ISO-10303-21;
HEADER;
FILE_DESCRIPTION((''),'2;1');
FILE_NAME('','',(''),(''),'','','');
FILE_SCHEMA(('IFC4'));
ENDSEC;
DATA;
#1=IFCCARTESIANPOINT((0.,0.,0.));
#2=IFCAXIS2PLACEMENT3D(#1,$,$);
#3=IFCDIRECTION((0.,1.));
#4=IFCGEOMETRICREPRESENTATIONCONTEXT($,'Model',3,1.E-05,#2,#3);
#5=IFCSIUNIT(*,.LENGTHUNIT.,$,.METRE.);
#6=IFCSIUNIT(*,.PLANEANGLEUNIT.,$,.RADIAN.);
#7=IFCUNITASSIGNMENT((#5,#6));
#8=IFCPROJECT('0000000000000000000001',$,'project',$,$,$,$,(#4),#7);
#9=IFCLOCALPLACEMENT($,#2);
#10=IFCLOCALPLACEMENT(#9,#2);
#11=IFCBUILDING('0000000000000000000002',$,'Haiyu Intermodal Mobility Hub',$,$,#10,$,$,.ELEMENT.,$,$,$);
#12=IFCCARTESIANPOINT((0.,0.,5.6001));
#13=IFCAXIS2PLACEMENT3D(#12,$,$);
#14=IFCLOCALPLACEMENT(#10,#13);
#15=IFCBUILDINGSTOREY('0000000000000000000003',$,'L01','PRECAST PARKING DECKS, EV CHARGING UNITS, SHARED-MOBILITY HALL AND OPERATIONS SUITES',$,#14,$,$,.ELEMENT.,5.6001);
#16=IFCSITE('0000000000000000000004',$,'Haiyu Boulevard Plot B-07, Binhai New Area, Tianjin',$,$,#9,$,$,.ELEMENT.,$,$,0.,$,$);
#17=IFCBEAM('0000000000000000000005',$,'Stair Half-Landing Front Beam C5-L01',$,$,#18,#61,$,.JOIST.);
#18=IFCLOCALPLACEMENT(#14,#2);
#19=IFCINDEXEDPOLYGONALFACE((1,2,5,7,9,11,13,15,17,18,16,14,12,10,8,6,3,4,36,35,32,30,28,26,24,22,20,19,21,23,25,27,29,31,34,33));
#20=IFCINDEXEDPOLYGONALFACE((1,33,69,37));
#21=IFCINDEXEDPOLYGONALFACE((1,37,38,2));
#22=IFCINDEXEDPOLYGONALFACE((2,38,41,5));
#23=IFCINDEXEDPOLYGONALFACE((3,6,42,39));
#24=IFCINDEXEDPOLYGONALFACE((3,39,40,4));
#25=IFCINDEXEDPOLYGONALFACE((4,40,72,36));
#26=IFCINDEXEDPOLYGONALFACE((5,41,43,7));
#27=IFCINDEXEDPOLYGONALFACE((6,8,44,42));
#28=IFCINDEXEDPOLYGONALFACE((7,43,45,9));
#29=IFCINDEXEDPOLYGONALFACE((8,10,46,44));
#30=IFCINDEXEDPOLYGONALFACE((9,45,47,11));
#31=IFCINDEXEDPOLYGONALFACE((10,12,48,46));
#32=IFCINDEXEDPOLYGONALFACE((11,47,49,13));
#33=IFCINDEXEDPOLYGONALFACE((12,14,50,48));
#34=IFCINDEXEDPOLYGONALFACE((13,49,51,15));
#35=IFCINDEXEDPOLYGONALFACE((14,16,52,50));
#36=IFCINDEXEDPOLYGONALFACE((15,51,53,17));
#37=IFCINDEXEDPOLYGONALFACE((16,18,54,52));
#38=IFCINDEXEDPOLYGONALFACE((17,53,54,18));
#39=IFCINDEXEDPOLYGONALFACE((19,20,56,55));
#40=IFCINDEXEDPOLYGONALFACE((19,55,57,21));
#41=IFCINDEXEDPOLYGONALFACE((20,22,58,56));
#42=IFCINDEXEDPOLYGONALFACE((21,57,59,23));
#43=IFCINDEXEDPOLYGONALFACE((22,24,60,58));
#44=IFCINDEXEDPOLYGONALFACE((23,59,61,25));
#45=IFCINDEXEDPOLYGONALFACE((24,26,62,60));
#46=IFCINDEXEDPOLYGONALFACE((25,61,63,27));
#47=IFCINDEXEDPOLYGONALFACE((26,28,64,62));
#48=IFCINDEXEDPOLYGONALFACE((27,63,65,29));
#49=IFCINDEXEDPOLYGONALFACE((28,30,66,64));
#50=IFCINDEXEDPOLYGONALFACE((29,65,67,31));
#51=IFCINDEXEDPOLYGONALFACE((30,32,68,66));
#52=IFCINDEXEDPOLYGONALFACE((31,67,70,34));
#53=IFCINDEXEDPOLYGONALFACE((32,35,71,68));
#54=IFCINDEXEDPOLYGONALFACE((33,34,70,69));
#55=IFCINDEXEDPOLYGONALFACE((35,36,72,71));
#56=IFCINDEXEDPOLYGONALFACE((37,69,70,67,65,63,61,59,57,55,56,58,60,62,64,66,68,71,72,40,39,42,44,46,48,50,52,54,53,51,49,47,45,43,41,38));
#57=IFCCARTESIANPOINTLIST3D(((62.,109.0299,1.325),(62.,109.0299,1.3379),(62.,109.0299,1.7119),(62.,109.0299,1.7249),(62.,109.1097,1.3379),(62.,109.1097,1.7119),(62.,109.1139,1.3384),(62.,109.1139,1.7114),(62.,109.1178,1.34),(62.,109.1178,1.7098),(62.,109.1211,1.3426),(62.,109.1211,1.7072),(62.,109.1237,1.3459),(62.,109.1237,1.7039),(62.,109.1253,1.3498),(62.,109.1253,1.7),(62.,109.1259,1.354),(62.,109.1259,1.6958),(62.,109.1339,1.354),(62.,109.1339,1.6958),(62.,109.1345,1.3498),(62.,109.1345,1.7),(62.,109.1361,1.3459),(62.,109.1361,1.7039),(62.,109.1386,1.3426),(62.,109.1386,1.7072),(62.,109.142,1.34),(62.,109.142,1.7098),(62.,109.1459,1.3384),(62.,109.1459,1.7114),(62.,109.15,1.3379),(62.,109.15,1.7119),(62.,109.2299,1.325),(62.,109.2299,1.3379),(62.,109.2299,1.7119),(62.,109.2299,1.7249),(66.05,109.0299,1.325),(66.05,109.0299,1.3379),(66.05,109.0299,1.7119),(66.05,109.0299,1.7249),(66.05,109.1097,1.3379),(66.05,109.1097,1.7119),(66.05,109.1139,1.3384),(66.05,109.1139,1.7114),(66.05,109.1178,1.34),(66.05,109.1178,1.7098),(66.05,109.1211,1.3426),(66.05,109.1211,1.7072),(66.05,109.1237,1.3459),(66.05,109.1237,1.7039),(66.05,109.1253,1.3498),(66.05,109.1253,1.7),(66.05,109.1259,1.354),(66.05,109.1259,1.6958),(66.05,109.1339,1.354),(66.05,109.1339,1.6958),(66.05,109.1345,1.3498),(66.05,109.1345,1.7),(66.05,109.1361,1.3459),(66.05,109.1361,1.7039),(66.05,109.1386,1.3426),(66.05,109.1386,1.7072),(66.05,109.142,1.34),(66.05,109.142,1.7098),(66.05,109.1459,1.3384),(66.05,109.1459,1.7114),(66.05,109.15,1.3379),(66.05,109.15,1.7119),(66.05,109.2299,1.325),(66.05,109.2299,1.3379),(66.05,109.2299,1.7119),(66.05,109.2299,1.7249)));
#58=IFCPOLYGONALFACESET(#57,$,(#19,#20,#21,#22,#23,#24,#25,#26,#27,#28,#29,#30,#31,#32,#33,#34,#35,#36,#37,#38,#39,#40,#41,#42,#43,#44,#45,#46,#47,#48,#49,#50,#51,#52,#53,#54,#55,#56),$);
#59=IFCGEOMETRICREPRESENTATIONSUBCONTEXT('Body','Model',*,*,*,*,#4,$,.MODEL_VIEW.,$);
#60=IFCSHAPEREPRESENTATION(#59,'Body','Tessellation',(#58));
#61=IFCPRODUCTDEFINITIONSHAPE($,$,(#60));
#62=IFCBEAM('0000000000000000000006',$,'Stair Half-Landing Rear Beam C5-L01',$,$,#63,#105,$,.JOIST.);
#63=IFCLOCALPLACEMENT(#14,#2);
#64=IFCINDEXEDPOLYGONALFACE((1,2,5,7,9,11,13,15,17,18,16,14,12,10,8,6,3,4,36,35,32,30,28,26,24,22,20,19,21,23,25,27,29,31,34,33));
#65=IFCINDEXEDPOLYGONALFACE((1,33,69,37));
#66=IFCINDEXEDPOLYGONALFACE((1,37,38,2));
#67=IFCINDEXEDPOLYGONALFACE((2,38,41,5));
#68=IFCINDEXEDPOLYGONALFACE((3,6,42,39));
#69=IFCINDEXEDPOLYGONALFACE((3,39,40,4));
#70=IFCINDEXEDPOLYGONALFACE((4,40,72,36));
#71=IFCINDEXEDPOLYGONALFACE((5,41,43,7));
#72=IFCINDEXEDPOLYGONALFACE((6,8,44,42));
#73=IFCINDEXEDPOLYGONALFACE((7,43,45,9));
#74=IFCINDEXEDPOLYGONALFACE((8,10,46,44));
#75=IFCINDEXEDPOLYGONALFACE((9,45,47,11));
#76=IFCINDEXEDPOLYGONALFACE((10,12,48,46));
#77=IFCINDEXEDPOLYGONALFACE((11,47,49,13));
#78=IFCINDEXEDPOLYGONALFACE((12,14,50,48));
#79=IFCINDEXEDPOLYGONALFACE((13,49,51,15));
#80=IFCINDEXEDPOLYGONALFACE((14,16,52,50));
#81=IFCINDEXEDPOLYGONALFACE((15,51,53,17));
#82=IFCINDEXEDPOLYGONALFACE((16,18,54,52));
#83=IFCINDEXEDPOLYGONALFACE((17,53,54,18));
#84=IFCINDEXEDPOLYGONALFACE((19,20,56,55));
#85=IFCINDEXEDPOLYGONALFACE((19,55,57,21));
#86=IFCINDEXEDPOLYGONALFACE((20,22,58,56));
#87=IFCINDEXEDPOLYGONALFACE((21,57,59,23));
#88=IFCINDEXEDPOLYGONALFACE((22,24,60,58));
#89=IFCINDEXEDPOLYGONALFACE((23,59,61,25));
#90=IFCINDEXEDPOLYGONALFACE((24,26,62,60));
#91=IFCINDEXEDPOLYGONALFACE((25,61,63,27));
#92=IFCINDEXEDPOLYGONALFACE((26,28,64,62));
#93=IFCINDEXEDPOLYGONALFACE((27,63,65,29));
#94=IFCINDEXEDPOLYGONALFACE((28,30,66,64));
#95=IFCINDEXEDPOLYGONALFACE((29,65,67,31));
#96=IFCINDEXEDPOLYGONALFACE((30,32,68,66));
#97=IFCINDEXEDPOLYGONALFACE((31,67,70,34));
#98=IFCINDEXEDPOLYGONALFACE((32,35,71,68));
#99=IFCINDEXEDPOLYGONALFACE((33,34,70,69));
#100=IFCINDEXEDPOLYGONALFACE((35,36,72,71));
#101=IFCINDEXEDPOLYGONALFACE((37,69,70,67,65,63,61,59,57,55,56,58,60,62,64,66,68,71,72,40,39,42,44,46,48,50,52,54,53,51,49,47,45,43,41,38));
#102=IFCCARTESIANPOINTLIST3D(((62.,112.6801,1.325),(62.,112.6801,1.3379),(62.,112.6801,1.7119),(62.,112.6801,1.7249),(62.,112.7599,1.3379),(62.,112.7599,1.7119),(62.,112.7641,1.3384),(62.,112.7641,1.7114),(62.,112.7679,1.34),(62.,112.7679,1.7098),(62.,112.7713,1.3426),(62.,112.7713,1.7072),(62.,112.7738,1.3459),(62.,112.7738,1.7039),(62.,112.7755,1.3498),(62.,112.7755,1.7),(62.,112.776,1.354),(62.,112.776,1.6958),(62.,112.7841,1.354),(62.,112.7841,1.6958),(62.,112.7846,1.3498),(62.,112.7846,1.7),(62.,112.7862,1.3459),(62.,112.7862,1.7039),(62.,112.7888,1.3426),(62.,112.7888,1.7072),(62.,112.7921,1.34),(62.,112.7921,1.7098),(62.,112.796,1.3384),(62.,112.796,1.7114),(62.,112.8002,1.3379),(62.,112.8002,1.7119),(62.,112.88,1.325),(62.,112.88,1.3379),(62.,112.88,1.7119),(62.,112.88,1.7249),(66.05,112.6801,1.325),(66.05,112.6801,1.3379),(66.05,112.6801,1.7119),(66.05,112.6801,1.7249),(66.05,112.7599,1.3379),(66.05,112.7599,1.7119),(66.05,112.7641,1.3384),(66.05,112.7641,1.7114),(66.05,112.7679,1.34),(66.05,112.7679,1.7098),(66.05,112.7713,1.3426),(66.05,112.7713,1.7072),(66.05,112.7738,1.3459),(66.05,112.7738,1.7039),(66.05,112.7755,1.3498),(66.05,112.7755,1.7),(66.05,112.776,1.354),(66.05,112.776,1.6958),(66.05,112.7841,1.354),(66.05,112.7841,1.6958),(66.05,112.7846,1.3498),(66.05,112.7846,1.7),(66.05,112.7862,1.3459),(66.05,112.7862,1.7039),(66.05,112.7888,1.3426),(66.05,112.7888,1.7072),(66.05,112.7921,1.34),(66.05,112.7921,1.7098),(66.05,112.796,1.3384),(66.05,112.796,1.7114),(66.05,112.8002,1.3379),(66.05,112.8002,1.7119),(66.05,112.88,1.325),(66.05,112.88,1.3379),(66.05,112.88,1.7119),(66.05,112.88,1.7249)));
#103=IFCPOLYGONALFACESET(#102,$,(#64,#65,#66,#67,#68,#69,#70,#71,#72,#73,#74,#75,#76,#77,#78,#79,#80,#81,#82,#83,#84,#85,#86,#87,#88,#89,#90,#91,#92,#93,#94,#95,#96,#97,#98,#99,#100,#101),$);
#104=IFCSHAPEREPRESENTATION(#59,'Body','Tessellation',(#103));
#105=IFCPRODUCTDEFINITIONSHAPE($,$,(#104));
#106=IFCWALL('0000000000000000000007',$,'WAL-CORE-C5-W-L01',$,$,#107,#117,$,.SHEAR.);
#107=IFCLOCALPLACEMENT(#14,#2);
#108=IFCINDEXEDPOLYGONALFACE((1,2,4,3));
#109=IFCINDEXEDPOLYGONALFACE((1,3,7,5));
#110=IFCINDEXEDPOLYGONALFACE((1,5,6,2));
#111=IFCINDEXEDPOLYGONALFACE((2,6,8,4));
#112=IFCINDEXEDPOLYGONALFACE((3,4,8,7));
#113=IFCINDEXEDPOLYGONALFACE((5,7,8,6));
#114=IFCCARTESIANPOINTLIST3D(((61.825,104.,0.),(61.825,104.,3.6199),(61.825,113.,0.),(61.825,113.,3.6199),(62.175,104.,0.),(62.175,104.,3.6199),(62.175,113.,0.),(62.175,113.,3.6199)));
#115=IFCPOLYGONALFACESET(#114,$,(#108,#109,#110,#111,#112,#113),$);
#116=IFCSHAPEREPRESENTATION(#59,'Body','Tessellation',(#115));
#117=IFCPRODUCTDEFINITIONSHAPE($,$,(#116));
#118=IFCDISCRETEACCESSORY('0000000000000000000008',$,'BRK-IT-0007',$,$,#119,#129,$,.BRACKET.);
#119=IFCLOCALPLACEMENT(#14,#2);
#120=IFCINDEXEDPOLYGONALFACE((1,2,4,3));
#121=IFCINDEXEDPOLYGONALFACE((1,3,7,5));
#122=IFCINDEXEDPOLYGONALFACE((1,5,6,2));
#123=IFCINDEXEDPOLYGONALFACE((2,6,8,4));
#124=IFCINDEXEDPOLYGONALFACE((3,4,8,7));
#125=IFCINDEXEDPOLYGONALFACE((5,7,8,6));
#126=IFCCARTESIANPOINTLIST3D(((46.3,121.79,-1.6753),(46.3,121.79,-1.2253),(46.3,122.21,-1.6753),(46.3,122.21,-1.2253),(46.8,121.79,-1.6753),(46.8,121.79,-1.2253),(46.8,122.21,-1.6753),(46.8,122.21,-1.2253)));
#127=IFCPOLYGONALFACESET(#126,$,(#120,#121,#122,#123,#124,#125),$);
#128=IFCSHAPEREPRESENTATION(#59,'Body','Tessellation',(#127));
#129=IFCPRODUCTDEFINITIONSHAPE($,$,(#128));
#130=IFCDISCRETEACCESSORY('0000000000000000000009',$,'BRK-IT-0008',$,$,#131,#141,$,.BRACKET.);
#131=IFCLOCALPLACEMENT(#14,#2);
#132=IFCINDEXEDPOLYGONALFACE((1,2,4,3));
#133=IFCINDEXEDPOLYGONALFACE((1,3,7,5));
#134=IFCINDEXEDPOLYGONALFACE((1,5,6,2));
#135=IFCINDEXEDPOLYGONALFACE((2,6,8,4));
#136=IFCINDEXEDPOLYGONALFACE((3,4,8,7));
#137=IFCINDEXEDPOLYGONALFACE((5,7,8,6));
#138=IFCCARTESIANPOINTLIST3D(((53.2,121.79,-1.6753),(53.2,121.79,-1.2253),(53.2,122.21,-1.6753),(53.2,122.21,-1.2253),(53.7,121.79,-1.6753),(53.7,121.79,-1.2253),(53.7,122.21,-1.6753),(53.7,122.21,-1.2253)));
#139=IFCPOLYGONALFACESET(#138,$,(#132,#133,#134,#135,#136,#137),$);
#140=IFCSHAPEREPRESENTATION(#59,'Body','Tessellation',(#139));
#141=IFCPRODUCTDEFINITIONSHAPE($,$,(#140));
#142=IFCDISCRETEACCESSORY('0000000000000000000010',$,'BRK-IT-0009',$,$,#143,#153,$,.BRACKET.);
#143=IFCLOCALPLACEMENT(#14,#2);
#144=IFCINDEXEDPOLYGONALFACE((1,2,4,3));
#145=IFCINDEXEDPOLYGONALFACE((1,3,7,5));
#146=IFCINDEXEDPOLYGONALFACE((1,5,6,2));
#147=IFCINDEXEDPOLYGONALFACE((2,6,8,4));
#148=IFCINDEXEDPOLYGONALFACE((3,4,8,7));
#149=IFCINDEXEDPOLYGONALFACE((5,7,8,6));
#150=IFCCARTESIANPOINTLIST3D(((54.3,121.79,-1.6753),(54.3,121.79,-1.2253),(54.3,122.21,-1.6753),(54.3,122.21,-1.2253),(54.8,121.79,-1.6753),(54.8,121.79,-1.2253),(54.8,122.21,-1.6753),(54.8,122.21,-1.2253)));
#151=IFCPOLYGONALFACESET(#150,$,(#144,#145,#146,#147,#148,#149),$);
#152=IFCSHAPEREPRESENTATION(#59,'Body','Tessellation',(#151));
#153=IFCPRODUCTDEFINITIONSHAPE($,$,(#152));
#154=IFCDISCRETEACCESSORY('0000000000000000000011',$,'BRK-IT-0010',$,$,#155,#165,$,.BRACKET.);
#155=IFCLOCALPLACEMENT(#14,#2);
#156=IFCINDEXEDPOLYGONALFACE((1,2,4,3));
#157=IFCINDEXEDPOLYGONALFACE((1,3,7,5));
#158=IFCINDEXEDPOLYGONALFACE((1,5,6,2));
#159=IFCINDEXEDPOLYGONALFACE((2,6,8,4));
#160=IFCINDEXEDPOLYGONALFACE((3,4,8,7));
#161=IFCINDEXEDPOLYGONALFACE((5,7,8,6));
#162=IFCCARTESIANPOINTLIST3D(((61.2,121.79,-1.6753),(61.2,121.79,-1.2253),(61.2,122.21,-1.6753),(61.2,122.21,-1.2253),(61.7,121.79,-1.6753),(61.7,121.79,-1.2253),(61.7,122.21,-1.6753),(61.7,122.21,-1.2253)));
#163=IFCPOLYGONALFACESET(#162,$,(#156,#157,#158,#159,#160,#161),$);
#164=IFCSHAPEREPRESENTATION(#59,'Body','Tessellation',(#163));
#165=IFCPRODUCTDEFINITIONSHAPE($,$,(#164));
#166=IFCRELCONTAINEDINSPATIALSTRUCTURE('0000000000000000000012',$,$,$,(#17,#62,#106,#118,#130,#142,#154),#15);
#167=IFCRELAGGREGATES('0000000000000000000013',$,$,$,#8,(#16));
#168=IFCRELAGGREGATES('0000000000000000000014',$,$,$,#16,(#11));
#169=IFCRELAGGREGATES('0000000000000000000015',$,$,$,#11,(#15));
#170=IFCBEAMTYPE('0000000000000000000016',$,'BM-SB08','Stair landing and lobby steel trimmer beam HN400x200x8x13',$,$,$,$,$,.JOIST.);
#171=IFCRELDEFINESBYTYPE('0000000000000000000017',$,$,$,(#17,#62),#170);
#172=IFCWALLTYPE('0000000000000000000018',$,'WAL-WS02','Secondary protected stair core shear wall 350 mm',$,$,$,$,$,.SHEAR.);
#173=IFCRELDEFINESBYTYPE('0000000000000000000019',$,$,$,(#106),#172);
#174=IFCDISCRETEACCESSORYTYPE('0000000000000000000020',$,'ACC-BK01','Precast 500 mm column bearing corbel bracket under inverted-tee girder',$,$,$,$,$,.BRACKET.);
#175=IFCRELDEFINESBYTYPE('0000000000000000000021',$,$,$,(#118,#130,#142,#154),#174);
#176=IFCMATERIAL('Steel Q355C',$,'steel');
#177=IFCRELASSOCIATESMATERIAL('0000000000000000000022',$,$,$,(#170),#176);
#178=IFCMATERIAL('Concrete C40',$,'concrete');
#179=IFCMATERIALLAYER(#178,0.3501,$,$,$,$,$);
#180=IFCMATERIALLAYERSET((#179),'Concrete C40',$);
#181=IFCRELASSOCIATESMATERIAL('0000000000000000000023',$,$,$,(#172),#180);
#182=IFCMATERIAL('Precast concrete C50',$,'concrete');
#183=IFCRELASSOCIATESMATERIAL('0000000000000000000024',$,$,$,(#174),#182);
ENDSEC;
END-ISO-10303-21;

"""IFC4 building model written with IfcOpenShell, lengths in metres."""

from ifc_helpers import new_model, si_unit, direction, frame, frame_2d, origin, origin_2d, place, context, subcontext, project, spatial, rectangle, i_section, extrude, material, layer, layer_set, material_profile, profile_set, type_object, element, save


model = new_model("IFC4")

# Units and contexts
model_context = context("Model", 3, precision=1e-05, world=origin(), true_north=direction((0.0, 1.0)))
body_context = subcontext(model_context, "Body", "Model", "MODEL_VIEW")
ifc_project = project(units=[si_unit("LENGTHUNIT", "METRE"), si_unit("PLANEANGLEUNIT", "RADIAN")], contexts=[model_context])

# Site, building, storey
site_placement = place(None, origin())
site = spatial("IfcSite", under=ifc_project, at=site_placement, Name="Haiyu Boulevard Plot B-07, Binhai New Area, Tianjin", CompositionType="ELEMENT", RefElevation=0.0)
building_placement = place(site_placement, origin())
building = spatial("IfcBuilding", under=site, at=building_placement, Name="Haiyu Intermodal Mobility Hub", CompositionType="ELEMENT")
storey_placement = place(building_placement, frame((0.0, 0.0, 5.6001)))
storey = spatial("IfcBuildingStorey", under=building, at=storey_placement, Name="L01", Description="PRECAST PARKING DECKS, EV CHARGING UNITS, SHARED-MOBILITY HALL AND OPERATIONS SUITES", CompositionType="ELEMENT", Elevation=5.6001)

# Beams
ifc_material_1 = material(Name="Concrete C40", Category="concrete")
ifc_material_2 = material(Name="Precast concrete C50", Category="concrete")
ifc_material_3 = material(Name="Steel Q355C", Category="steel")
ifc_material_profile_1 = material_profile(ifc_material_3, i_section(OverallWidth=0.2, OverallDepth=0.3999, WebThickness=0.0081, FlangeThickness=0.0129, FilletRadius=0.0161, at=origin_2d()), Name="HN400x200x8x13")
ifc_profile_set_1 = profile_set([ifc_material_profile_1], Name="Steel Q355C")
beam_type_1 = type_object("IfcBeamType", Name="BM-SB08", Description="Stair landing and lobby steel trimmer beam HN400x200x8x13", PredefinedType="JOIST", material=ifc_profile_set_1)
for number, where, z_axis, x_axis, name in (
    (1, (62.0, 109.1299, 1.5249), (1.0, 0.0, 0.0), (0.0, 1.0, 0.0), "Stair Half-Landing Front Beam C5-L01"),
    (2, (62.0, 112.78, 1.5249), (1.0, 0.0, 0.0), (0.0, 1.0, 0.0), "Stair Half-Landing Rear Beam C5-L01"),
):
    element("IfcBeam", number, at=place(storey_placement, frame(where, z_axis=z_axis, x_axis=x_axis)), inside=storey, type_object=beam_type_1, Name=name, PredefinedType="JOIST", context=body_context, shape_type="SweptSolid", body=[
        extrude(i_section(OverallWidth=0.2, OverallDepth=0.3999, WebThickness=0.0081, FlangeThickness=0.0129, FilletRadius=0.0161, at=origin_2d()), origin(), (0.0, 0.0, 1.0), 4.05),
    ])

# Wall
ifc_layer = layer(ifc_material_1, 0.3501)
ifc_layer_set = layer_set([ifc_layer], Name="Concrete C40")
wall_type = type_object("IfcWallType", Name="WAL-WS02", Description="Secondary protected stair core shear wall 350 mm", PredefinedType="SHEAR", material=ifc_layer_set)
wall_placement = place(storey_placement, frame((62.0, 113.0, 0.0), z_axis=(0.0, 0.0, 1.0), x_axis=(0.0, -1.0, 0.0)))
element("IfcWall", 3, at=wall_placement, inside=storey, type_object=wall_type, Name="WAL-CORE-C5-W-L01", PredefinedType="SHEAR", context=body_context, shape_type="SweptSolid", body=[
    extrude(rectangle(XDim=9.0, YDim=0.3501, at=frame_2d((4.5, 0.0))), origin(), (0.0, 0.0, 1.0), 3.6199),
])

# Discrete accessories
discrete_accessory_type = type_object("IfcDiscreteAccessoryType", Name="ACC-BK01", Description="Precast 500 mm column bearing corbel bracket under inverted-tee girder", PredefinedType="BRACKET", material=ifc_material_2)
for number, where, z_axis, x_axis, name in (
    (4, (46.55, 122.0, -1.6753), (0.0, 0.0, 1.0), (1.0, 0.0, 0.0), "BRK-IT-0007"),
    (5, (53.45, 122.0, -1.6753), (0.0, 0.0, 1.0), (1.0, 0.0, 0.0), "BRK-IT-0008"),
    (6, (54.55, 122.0, -1.6753), (0.0, 0.0, 1.0), (1.0, 0.0, 0.0), "BRK-IT-0009"),
    (7, (61.45, 122.0, -1.6753), (0.0, 0.0, 1.0), (1.0, 0.0, 0.0), "BRK-IT-0010"),
):
    element("IfcDiscreteAccessory", number, at=place(storey_placement, frame(where, z_axis=z_axis, x_axis=x_axis)), inside=storey, type_object=discrete_accessory_type, Name=name, PredefinedType="BRACKET", context=body_context, shape_type="SweptSolid", body=[
        extrude(rectangle(XDim=0.5, YDim=0.4199, at=origin_2d()), origin(), (0.0, 0.0, 1.0), 0.45),
    ])

save(model, "model.ifc")
